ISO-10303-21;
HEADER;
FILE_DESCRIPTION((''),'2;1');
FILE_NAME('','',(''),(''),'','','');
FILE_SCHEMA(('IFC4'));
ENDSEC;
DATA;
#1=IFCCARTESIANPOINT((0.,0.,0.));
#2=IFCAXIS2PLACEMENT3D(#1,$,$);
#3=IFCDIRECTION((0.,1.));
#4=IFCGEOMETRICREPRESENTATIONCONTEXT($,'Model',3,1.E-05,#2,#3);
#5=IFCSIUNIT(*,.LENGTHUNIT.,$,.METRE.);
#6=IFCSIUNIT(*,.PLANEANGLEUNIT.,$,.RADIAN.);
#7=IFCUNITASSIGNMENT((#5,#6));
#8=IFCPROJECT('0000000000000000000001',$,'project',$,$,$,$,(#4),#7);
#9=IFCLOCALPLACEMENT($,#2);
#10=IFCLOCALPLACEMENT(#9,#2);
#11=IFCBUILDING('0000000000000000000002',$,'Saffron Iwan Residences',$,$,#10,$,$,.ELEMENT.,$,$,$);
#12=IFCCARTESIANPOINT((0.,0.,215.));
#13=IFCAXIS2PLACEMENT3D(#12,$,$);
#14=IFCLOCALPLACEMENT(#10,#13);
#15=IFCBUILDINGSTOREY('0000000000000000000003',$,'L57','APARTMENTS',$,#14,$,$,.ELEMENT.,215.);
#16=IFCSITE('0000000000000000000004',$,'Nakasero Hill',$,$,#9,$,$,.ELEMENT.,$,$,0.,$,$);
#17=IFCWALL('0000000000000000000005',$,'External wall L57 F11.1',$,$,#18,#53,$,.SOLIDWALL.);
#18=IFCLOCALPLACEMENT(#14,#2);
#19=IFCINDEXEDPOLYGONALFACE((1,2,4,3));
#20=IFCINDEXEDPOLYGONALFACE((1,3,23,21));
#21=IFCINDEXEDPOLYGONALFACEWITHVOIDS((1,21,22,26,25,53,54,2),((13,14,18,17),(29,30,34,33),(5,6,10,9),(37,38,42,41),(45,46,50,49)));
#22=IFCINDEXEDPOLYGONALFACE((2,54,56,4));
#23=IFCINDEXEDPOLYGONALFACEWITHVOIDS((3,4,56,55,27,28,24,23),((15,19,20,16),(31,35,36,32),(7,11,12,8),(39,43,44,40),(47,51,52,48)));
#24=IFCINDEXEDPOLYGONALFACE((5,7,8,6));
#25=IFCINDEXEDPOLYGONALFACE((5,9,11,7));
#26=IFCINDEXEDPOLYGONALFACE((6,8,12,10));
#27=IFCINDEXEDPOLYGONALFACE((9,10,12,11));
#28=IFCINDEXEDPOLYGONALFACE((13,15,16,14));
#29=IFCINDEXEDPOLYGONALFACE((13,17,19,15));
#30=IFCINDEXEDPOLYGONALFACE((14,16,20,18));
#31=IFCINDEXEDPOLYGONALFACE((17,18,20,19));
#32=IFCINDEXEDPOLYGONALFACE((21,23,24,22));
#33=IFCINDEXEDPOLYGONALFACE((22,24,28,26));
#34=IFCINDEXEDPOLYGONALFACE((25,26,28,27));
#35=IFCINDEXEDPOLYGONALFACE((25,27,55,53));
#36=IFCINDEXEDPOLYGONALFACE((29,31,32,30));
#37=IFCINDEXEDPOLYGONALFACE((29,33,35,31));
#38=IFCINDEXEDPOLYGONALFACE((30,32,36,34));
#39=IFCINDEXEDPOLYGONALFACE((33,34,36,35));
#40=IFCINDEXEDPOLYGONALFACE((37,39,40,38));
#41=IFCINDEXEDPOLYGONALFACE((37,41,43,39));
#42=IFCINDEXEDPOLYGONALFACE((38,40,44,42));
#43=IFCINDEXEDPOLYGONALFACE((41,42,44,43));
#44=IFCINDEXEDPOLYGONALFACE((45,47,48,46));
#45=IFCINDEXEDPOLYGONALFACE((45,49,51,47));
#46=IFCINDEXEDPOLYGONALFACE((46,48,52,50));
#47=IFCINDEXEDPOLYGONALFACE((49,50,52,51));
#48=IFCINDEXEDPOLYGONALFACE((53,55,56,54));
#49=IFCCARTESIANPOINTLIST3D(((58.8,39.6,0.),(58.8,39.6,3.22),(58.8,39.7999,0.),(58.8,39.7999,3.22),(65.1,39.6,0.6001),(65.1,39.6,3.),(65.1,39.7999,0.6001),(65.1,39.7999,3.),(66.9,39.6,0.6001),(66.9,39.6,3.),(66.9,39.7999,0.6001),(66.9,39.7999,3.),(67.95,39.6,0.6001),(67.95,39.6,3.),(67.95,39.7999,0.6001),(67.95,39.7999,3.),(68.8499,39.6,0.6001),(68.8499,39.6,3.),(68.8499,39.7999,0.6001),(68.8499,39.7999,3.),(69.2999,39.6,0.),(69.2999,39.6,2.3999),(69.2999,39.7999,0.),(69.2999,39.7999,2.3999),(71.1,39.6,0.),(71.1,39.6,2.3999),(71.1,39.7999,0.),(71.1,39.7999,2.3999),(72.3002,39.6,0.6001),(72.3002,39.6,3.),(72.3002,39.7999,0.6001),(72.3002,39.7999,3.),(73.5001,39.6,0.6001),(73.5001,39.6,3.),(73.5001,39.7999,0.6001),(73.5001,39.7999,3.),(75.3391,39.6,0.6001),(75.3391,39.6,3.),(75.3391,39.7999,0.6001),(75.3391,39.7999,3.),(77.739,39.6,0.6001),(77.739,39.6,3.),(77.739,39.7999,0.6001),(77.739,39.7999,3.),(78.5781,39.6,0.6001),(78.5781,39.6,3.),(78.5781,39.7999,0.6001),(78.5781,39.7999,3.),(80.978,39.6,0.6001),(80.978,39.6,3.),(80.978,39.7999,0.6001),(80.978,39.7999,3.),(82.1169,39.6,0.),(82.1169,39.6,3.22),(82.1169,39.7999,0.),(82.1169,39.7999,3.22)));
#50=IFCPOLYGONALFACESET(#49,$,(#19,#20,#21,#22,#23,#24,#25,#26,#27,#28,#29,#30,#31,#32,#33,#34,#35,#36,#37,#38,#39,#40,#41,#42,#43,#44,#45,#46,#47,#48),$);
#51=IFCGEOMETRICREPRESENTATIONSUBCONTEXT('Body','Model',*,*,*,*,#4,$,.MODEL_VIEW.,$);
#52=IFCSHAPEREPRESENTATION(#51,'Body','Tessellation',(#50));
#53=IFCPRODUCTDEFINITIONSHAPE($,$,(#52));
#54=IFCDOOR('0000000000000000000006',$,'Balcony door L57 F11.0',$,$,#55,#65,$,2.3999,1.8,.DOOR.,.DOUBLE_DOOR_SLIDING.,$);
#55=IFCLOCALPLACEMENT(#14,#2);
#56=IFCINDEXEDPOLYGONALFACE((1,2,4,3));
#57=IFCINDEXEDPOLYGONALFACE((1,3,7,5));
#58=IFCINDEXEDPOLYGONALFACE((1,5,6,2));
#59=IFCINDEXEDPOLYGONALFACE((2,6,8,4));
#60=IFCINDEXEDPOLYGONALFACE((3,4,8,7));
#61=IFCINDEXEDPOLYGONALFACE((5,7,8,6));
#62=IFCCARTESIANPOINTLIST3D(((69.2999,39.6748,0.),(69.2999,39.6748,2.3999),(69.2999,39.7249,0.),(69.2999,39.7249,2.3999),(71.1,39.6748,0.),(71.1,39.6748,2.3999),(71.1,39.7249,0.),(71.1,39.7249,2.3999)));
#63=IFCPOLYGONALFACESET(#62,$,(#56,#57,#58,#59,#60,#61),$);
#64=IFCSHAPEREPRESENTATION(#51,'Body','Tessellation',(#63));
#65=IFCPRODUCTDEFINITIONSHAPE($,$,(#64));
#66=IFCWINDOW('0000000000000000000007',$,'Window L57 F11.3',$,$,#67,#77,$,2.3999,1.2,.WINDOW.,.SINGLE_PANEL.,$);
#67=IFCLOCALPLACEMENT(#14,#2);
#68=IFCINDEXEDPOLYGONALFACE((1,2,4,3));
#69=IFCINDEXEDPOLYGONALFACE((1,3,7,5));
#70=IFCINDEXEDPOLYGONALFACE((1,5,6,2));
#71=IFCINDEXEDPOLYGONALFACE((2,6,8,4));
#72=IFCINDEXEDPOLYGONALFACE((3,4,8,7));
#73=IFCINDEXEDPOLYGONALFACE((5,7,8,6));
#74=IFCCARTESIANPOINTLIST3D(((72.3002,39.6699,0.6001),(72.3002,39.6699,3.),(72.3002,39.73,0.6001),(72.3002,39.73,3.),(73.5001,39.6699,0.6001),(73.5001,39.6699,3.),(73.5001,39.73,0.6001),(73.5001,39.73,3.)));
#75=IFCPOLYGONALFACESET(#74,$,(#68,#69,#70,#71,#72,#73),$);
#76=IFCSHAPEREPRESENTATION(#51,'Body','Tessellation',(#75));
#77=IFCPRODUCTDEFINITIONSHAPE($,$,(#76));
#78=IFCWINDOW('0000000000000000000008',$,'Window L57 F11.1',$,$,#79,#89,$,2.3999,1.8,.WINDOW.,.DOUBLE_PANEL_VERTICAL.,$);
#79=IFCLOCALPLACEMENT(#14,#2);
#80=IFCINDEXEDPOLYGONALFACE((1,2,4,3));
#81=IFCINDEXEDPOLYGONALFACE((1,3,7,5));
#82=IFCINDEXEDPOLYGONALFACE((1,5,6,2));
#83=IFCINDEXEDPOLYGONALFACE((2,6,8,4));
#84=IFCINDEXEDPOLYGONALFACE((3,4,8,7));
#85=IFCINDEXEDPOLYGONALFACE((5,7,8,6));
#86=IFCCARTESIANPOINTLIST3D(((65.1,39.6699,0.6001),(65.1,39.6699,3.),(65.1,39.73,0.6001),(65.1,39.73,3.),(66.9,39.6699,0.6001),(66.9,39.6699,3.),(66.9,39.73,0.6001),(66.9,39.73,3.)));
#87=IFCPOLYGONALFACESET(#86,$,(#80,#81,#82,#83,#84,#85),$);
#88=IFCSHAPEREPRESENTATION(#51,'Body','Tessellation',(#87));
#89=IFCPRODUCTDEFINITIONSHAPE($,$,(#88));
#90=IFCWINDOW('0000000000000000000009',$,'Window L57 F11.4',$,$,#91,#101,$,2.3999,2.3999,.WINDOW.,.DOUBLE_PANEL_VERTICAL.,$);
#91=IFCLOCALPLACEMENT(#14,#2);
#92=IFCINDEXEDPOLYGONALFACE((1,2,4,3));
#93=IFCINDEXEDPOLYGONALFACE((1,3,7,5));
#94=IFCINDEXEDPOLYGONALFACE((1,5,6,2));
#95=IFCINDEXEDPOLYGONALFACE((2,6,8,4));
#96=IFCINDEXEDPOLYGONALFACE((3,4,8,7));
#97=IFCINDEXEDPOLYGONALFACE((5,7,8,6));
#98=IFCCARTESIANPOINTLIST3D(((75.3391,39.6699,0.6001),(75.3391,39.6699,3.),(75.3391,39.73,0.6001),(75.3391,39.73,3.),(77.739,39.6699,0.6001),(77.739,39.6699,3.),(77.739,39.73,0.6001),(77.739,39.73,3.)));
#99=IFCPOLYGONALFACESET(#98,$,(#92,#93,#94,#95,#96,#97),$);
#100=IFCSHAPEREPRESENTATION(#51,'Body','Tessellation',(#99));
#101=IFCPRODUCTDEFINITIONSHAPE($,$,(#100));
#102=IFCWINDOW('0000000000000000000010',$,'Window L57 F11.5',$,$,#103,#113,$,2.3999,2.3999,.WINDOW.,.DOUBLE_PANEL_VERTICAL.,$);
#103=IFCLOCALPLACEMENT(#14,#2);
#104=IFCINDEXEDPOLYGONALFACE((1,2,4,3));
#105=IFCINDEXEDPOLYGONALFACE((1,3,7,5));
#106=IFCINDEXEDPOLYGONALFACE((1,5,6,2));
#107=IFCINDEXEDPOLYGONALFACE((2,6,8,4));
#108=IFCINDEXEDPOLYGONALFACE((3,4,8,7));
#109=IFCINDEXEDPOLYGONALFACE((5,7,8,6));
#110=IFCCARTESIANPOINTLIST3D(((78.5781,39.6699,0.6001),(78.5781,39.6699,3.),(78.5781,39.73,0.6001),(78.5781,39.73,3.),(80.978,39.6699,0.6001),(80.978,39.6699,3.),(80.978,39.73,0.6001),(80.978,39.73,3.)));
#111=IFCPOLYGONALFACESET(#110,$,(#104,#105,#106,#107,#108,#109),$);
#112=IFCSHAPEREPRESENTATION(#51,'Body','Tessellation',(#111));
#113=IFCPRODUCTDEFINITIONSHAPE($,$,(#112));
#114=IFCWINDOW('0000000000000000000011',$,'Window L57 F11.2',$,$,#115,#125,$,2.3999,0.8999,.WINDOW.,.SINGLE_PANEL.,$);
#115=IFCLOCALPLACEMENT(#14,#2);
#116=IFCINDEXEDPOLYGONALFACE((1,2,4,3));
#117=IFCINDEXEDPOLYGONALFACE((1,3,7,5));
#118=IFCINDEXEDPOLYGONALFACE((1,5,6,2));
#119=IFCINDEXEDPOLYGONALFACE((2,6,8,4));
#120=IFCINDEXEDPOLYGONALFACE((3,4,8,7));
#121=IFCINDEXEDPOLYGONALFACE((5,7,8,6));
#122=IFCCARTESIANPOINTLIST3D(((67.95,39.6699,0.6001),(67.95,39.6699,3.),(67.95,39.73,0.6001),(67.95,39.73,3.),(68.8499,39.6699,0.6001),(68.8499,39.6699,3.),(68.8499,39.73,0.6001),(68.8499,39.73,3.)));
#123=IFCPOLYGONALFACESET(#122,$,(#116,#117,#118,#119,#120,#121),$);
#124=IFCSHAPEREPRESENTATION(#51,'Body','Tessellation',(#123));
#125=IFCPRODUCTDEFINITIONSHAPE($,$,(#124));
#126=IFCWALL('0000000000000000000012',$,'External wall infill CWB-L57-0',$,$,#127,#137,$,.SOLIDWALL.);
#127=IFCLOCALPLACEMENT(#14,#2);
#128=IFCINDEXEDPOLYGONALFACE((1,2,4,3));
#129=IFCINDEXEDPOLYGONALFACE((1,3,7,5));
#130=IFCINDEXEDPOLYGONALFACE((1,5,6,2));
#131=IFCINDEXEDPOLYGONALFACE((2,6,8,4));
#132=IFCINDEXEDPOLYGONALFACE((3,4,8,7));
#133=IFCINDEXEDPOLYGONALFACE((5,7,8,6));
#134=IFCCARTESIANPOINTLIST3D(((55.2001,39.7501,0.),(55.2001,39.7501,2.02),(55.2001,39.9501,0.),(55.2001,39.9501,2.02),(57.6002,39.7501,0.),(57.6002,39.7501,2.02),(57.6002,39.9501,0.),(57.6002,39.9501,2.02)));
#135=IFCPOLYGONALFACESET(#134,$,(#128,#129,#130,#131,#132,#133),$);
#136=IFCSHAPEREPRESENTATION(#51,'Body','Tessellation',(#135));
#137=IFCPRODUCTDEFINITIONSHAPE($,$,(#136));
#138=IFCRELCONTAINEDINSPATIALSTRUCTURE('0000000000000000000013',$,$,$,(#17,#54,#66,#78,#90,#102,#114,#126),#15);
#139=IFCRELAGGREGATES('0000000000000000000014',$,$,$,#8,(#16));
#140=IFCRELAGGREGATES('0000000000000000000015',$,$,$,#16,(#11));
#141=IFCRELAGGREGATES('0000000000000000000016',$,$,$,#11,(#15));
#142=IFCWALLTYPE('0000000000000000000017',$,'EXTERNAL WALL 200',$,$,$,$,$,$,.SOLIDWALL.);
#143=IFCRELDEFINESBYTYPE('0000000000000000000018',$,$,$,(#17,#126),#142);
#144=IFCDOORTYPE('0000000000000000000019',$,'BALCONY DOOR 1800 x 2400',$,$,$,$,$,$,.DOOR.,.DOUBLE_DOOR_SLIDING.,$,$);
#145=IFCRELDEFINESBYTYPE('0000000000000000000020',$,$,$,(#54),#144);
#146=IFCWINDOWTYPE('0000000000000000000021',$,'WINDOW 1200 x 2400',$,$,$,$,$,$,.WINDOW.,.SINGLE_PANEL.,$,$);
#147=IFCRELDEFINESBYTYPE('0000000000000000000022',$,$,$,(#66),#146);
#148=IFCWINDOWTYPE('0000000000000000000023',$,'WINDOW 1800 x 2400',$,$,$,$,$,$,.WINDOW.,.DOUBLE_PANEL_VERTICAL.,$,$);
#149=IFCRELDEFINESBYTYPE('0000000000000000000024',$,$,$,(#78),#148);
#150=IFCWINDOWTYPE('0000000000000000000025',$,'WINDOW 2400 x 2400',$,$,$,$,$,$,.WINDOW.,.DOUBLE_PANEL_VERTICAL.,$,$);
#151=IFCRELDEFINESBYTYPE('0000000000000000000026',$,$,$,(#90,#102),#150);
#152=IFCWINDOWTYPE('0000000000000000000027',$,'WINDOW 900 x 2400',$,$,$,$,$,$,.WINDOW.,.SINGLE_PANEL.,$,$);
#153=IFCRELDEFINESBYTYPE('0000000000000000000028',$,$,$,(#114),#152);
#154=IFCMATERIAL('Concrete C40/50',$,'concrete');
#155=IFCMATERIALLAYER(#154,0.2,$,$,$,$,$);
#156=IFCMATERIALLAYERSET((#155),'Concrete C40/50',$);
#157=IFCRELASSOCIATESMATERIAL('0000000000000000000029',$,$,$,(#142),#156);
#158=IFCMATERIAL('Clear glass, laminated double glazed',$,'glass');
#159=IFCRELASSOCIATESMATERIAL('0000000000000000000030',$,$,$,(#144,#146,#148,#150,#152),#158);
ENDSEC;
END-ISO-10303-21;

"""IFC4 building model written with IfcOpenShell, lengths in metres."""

from ifc_helpers import new_model, si_unit, direction, frame, frame_2d, origin, place, context, subcontext, project, spatial, rectangle, extrude, material, layer, layer_set, type_object, element, fill, save


model = new_model("IFC4")

# Units and contexts
model_context = context("Model", 3, precision=1e-05, world=origin(), true_north=direction((0.0, 1.0)))
body_context = subcontext(model_context, "Body", "Model", "MODEL_VIEW")
ifc_project = project(units=[si_unit("LENGTHUNIT", "METRE"), si_unit("PLANEANGLEUNIT", "RADIAN")], contexts=[model_context])

# Site, building, storey
site_placement = place(None, origin())
site = spatial("IfcSite", under=ifc_project, at=site_placement, Name="Nakasero Hill", CompositionType="ELEMENT", RefElevation=0.0)
building_placement = place(site_placement, origin())
building = spatial("IfcBuilding", under=site, at=building_placement, Name="Saffron Iwan Residences", CompositionType="ELEMENT")
storey_placement = place(building_placement, frame((0.0, 0.0, 215.0)))
storey = spatial("IfcBuildingStorey", under=building, at=storey_placement, Name="L57", Description="APARTMENTS", CompositionType="ELEMENT", Elevation=215.0)

# Shared definitions
ifc_material_1 = material(Name="Concrete C40/50", Category="concrete")

# Wall, openings, door, windows
ifc_layer_1 = layer(ifc_material_1, 0.2)
ifc_layer_set_1 = layer_set([ifc_layer_1], Name="Concrete C40/50")
wall_type_1 = type_object("IfcWallType", Name="EXTERNAL WALL 200", PredefinedType="SOLIDWALL", material=ifc_layer_set_1)
wall_1_placement = place(storey_placement, frame((58.8, 39.7, 0.0), z_axis=(0.0, 0.0, 1.0), x_axis=(1.0, 0.0, 0.0)))
wall_1 = element("IfcWall", 1, at=wall_1_placement, inside=storey, type_object=wall_type_1, Name="External wall L57 F11.1", PredefinedType="SOLIDWALL", context=body_context, shape_type="SweptSolid", body=[
    extrude(rectangle(XDim=23.3169, YDim=0.2, at=frame_2d((11.6584, 0.0))), origin(), (0.0, 0.0, 1.0), 3.22),
])
opening_1_placement = place(wall_1_placement, frame((10.5, 0.0, 0.0)))
opening_1 = element("IfcOpeningElement", 2, at=opening_1_placement, cuts=wall_1, PredefinedType="OPENING", context=body_context, shape_type="SweptSolid", body=[
    extrude(rectangle(XDim=1.8, YDim=2.3999, at=frame_2d((0.8999, 1.2))), frame((0.0, 0.1099, 0.0), z_axis=(0.0, -1.0, 0.0), x_axis=(1.0, 0.0, 0.0)), (0.0, 0.0, 1.0), 0.22),
])
opening_2_placement = place(wall_1_placement, frame((6.3, 0.0, 0.6001)))
opening_2 = element("IfcOpeningElement", 3, at=opening_2_placement, cuts=wall_1, PredefinedType="OPENING", context=body_context, shape_type="SweptSolid", body=[
    extrude(rectangle(XDim=1.8, YDim=2.3999, at=frame_2d((0.8999, 1.2))), frame((0.0, 0.1099, 0.0), z_axis=(0.0, -1.0, 0.0), x_axis=(1.0, 0.0, 0.0)), (0.0, 0.0, 1.0), 0.22),
])
opening_3_placement = place(wall_1_placement, frame((9.1499, 0.0, 0.6001)))
opening_3 = element("IfcOpeningElement", 4, at=opening_3_placement, cuts=wall_1, PredefinedType="OPENING", context=body_context, shape_type="SweptSolid", body=[
    extrude(rectangle(XDim=0.8999, YDim=2.3999, at=frame_2d((0.45, 1.2))), frame((0.0, 0.1099, 0.0), z_axis=(0.0, -1.0, 0.0), x_axis=(1.0, 0.0, 0.0)), (0.0, 0.0, 1.0), 0.22),
])
opening_4_placement = place(wall_1_placement, frame((13.5, 0.0, 0.6001)))
opening_4 = element("IfcOpeningElement", 5, at=opening_4_placement, cuts=wall_1, PredefinedType="OPENING", context=body_context, shape_type="SweptSolid", body=[
    extrude(rectangle(XDim=1.2, YDim=2.3999, at=frame_2d((0.6001, 1.2))), frame((0.0, 0.1099, 0.0), z_axis=(0.0, -1.0, 0.0), x_axis=(1.0, 0.0, 0.0)), (0.0, 0.0, 1.0), 0.22),
])
opening_5_placement = place(wall_1_placement, frame((16.5391, 0.0, 0.6001)))
opening_5 = element("IfcOpeningElement", 6, at=opening_5_placement, cuts=wall_1, PredefinedType="OPENING", context=body_context, shape_type="SweptSolid", body=[
    extrude(rectangle(XDim=2.3999, YDim=2.3999, at=frame_2d((1.2, 1.2))), frame((0.0, 0.1099, 0.0), z_axis=(0.0, -1.0, 0.0), x_axis=(1.0, 0.0, 0.0)), (0.0, 0.0, 1.0), 0.22),
])
opening_6_placement = place(wall_1_placement, frame((19.7781, 0.0, 0.6001)))
opening_6 = element("IfcOpeningElement", 7, at=opening_6_placement, cuts=wall_1, PredefinedType="OPENING", context=body_context, shape_type="SweptSolid", body=[
    extrude(rectangle(XDim=2.3999, YDim=2.3999, at=frame_2d((1.2, 1.2))), frame((0.0, 0.1099, 0.0), z_axis=(0.0, -1.0, 0.0), x_axis=(1.0, 0.0, 0.0)), (0.0, 0.0, 1.0), 0.22),
])
ifc_material_2 = material(Name="Clear glass, laminated double glazed", Category="glass")
door_type_1 = type_object("IfcDoorType", Name="BALCONY DOOR 1800 x 2400", OperationType="DOUBLE_DOOR_SLIDING", PredefinedType="DOOR", material=ifc_material_2)
door_1_placement = place(opening_1_placement, origin())
door_1 = element("IfcDoor", 8, at=door_1_placement, inside=storey, type_object=door_type_1, Name="Balcony door L57 F11.0", OperationType="DOUBLE_DOOR_SLIDING", OverallHeight=2.3999, OverallWidth=1.8, PredefinedType="DOOR", context=body_context, shape_type="SweptSolid", body=[
    extrude(rectangle(XDim=1.8, YDim=2.3999, at=frame_2d((0.8999, 1.2))), frame((0.0, 0.0249, 0.0), z_axis=(0.0, -1.0, 0.0), x_axis=(1.0, 0.0, 0.0)), (0.0, 0.0, 1.0), 0.05),
])
fill(opening_1, door_1)
window_type_1 = type_object("IfcWindowType", Name="WINDOW 1200 x 2400", PartitioningType="SINGLE_PANEL", PredefinedType="WINDOW", material=ifc_material_2)
window_1_placement = place(opening_4_placement, origin())
window_1 = element("IfcWindow", 9, at=window_1_placement, inside=storey, type_object=window_type_1, Name="Window L57 F11.3", OverallHeight=2.3999, OverallWidth=1.2, PartitioningType="SINGLE_PANEL", PredefinedType="WINDOW", context=body_context, shape_type="SweptSolid", body=[
    extrude(rectangle(XDim=1.2, YDim=2.3999, at=frame_2d((0.6001, 1.2))), frame((0.0, 0.03, 0.0), z_axis=(0.0, -1.0, 0.0), x_axis=(1.0, 0.0, 0.0)), (0.0, 0.0, 1.0), 0.0601),
])
fill(opening_4, window_1)
window_type_2 = type_object("IfcWindowType", Name="WINDOW 1800 x 2400", PartitioningType="DOUBLE_PANEL_VERTICAL", PredefinedType="WINDOW", material=ifc_material_2)
window_2_placement = place(opening_2_placement, origin())
window_2 = element("IfcWindow", 10, at=window_2_placement, inside=storey, type_object=window_type_2, Name="Window L57 F11.1", OverallHeight=2.3999, OverallWidth=1.8, PartitioningType="DOUBLE_PANEL_VERTICAL", PredefinedType="WINDOW", context=body_context, shape_type="SweptSolid", body=[
    extrude(rectangle(XDim=1.8, YDim=2.3999, at=frame_2d((0.8999, 1.2))), frame((0.0, 0.03, 0.0), z_axis=(0.0, -1.0, 0.0), x_axis=(1.0, 0.0, 0.0)), (0.0, 0.0, 1.0), 0.0601),
])
fill(opening_2, window_2)
window_type_3 = type_object("IfcWindowType", Name="WINDOW 2400 x 2400", PartitioningType="DOUBLE_PANEL_VERTICAL", PredefinedType="WINDOW", material=ifc_material_2)
window_3_placement = place(opening_5_placement, origin())
window_3 = element("IfcWindow", 11, at=window_3_placement, inside=storey, type_object=window_type_3, Name="Window L57 F11.4", OverallHeight=2.3999, OverallWidth=2.3999, PartitioningType="DOUBLE_PANEL_VERTICAL", PredefinedType="WINDOW", context=body_context, shape_type="SweptSolid", body=[
    extrude(rectangle(XDim=2.3999, YDim=2.3999, at=frame_2d((1.2, 1.2))), frame((0.0, 0.03, 0.0), z_axis=(0.0, -1.0, 0.0), x_axis=(1.0, 0.0, 0.0)), (0.0, 0.0, 1.0), 0.0601),
])
fill(opening_5, window_3)
window_4_placement = place(opening_6_placement, origin())
window_4 = element("IfcWindow", 12, at=window_4_placement, inside=storey, type_object=window_type_3, Name="Window L57 F11.5", OverallHeight=2.3999, OverallWidth=2.3999, PartitioningType="DOUBLE_PANEL_VERTICAL", PredefinedType="WINDOW", context=body_context, shape_type="SweptSolid", body=[
    extrude(rectangle(XDim=2.3999, YDim=2.3999, at=frame_2d((1.2, 1.2))), frame((0.0, 0.03, 0.0), z_axis=(0.0, -1.0, 0.0), x_axis=(1.0, 0.0, 0.0)), (0.0, 0.0, 1.0), 0.0601),
])
fill(opening_6, window_4)
window_type_4 = type_object("IfcWindowType", Name="WINDOW 900 x 2400", PartitioningType="SINGLE_PANEL", PredefinedType="WINDOW", material=ifc_material_2)
window_5_placement = place(opening_3_placement, origin())
window_5 = element("IfcWindow", 13, at=window_5_placement, inside=storey, type_object=window_type_4, Name="Window L57 F11.2", OverallHeight=2.3999, OverallWidth=0.8999, PartitioningType="SINGLE_PANEL", PredefinedType="WINDOW", context=body_context, shape_type="SweptSolid", body=[
    extrude(rectangle(XDim=0.8999, YDim=2.3999, at=frame_2d((0.45, 1.2))), frame((0.0, 0.03, 0.0), z_axis=(0.0, -1.0, 0.0), x_axis=(1.0, 0.0, 0.0)), (0.0, 0.0, 1.0), 0.0601),
])
fill(opening_3, window_5)

# Wall
wall_2_placement = place(storey_placement, frame((55.2, 39.8501, 0.0), z_axis=(0.0, 0.0, 1.0), x_axis=(1.0, 0.0, 0.0)))
element("IfcWall", 14, at=wall_2_placement, inside=storey, type_object=wall_type_1, Name="External wall infill CWB-L57-0", PredefinedType="SOLIDWALL", context=body_context, shape_type="SweptSolid", body=[
    extrude(rectangle(XDim=2.4001, YDim=0.2, at=frame_2d((1.2002, 0.0))), origin(), (0.0, 0.0, 1.0), 2.02),
])

save(model, "model.ifc")
